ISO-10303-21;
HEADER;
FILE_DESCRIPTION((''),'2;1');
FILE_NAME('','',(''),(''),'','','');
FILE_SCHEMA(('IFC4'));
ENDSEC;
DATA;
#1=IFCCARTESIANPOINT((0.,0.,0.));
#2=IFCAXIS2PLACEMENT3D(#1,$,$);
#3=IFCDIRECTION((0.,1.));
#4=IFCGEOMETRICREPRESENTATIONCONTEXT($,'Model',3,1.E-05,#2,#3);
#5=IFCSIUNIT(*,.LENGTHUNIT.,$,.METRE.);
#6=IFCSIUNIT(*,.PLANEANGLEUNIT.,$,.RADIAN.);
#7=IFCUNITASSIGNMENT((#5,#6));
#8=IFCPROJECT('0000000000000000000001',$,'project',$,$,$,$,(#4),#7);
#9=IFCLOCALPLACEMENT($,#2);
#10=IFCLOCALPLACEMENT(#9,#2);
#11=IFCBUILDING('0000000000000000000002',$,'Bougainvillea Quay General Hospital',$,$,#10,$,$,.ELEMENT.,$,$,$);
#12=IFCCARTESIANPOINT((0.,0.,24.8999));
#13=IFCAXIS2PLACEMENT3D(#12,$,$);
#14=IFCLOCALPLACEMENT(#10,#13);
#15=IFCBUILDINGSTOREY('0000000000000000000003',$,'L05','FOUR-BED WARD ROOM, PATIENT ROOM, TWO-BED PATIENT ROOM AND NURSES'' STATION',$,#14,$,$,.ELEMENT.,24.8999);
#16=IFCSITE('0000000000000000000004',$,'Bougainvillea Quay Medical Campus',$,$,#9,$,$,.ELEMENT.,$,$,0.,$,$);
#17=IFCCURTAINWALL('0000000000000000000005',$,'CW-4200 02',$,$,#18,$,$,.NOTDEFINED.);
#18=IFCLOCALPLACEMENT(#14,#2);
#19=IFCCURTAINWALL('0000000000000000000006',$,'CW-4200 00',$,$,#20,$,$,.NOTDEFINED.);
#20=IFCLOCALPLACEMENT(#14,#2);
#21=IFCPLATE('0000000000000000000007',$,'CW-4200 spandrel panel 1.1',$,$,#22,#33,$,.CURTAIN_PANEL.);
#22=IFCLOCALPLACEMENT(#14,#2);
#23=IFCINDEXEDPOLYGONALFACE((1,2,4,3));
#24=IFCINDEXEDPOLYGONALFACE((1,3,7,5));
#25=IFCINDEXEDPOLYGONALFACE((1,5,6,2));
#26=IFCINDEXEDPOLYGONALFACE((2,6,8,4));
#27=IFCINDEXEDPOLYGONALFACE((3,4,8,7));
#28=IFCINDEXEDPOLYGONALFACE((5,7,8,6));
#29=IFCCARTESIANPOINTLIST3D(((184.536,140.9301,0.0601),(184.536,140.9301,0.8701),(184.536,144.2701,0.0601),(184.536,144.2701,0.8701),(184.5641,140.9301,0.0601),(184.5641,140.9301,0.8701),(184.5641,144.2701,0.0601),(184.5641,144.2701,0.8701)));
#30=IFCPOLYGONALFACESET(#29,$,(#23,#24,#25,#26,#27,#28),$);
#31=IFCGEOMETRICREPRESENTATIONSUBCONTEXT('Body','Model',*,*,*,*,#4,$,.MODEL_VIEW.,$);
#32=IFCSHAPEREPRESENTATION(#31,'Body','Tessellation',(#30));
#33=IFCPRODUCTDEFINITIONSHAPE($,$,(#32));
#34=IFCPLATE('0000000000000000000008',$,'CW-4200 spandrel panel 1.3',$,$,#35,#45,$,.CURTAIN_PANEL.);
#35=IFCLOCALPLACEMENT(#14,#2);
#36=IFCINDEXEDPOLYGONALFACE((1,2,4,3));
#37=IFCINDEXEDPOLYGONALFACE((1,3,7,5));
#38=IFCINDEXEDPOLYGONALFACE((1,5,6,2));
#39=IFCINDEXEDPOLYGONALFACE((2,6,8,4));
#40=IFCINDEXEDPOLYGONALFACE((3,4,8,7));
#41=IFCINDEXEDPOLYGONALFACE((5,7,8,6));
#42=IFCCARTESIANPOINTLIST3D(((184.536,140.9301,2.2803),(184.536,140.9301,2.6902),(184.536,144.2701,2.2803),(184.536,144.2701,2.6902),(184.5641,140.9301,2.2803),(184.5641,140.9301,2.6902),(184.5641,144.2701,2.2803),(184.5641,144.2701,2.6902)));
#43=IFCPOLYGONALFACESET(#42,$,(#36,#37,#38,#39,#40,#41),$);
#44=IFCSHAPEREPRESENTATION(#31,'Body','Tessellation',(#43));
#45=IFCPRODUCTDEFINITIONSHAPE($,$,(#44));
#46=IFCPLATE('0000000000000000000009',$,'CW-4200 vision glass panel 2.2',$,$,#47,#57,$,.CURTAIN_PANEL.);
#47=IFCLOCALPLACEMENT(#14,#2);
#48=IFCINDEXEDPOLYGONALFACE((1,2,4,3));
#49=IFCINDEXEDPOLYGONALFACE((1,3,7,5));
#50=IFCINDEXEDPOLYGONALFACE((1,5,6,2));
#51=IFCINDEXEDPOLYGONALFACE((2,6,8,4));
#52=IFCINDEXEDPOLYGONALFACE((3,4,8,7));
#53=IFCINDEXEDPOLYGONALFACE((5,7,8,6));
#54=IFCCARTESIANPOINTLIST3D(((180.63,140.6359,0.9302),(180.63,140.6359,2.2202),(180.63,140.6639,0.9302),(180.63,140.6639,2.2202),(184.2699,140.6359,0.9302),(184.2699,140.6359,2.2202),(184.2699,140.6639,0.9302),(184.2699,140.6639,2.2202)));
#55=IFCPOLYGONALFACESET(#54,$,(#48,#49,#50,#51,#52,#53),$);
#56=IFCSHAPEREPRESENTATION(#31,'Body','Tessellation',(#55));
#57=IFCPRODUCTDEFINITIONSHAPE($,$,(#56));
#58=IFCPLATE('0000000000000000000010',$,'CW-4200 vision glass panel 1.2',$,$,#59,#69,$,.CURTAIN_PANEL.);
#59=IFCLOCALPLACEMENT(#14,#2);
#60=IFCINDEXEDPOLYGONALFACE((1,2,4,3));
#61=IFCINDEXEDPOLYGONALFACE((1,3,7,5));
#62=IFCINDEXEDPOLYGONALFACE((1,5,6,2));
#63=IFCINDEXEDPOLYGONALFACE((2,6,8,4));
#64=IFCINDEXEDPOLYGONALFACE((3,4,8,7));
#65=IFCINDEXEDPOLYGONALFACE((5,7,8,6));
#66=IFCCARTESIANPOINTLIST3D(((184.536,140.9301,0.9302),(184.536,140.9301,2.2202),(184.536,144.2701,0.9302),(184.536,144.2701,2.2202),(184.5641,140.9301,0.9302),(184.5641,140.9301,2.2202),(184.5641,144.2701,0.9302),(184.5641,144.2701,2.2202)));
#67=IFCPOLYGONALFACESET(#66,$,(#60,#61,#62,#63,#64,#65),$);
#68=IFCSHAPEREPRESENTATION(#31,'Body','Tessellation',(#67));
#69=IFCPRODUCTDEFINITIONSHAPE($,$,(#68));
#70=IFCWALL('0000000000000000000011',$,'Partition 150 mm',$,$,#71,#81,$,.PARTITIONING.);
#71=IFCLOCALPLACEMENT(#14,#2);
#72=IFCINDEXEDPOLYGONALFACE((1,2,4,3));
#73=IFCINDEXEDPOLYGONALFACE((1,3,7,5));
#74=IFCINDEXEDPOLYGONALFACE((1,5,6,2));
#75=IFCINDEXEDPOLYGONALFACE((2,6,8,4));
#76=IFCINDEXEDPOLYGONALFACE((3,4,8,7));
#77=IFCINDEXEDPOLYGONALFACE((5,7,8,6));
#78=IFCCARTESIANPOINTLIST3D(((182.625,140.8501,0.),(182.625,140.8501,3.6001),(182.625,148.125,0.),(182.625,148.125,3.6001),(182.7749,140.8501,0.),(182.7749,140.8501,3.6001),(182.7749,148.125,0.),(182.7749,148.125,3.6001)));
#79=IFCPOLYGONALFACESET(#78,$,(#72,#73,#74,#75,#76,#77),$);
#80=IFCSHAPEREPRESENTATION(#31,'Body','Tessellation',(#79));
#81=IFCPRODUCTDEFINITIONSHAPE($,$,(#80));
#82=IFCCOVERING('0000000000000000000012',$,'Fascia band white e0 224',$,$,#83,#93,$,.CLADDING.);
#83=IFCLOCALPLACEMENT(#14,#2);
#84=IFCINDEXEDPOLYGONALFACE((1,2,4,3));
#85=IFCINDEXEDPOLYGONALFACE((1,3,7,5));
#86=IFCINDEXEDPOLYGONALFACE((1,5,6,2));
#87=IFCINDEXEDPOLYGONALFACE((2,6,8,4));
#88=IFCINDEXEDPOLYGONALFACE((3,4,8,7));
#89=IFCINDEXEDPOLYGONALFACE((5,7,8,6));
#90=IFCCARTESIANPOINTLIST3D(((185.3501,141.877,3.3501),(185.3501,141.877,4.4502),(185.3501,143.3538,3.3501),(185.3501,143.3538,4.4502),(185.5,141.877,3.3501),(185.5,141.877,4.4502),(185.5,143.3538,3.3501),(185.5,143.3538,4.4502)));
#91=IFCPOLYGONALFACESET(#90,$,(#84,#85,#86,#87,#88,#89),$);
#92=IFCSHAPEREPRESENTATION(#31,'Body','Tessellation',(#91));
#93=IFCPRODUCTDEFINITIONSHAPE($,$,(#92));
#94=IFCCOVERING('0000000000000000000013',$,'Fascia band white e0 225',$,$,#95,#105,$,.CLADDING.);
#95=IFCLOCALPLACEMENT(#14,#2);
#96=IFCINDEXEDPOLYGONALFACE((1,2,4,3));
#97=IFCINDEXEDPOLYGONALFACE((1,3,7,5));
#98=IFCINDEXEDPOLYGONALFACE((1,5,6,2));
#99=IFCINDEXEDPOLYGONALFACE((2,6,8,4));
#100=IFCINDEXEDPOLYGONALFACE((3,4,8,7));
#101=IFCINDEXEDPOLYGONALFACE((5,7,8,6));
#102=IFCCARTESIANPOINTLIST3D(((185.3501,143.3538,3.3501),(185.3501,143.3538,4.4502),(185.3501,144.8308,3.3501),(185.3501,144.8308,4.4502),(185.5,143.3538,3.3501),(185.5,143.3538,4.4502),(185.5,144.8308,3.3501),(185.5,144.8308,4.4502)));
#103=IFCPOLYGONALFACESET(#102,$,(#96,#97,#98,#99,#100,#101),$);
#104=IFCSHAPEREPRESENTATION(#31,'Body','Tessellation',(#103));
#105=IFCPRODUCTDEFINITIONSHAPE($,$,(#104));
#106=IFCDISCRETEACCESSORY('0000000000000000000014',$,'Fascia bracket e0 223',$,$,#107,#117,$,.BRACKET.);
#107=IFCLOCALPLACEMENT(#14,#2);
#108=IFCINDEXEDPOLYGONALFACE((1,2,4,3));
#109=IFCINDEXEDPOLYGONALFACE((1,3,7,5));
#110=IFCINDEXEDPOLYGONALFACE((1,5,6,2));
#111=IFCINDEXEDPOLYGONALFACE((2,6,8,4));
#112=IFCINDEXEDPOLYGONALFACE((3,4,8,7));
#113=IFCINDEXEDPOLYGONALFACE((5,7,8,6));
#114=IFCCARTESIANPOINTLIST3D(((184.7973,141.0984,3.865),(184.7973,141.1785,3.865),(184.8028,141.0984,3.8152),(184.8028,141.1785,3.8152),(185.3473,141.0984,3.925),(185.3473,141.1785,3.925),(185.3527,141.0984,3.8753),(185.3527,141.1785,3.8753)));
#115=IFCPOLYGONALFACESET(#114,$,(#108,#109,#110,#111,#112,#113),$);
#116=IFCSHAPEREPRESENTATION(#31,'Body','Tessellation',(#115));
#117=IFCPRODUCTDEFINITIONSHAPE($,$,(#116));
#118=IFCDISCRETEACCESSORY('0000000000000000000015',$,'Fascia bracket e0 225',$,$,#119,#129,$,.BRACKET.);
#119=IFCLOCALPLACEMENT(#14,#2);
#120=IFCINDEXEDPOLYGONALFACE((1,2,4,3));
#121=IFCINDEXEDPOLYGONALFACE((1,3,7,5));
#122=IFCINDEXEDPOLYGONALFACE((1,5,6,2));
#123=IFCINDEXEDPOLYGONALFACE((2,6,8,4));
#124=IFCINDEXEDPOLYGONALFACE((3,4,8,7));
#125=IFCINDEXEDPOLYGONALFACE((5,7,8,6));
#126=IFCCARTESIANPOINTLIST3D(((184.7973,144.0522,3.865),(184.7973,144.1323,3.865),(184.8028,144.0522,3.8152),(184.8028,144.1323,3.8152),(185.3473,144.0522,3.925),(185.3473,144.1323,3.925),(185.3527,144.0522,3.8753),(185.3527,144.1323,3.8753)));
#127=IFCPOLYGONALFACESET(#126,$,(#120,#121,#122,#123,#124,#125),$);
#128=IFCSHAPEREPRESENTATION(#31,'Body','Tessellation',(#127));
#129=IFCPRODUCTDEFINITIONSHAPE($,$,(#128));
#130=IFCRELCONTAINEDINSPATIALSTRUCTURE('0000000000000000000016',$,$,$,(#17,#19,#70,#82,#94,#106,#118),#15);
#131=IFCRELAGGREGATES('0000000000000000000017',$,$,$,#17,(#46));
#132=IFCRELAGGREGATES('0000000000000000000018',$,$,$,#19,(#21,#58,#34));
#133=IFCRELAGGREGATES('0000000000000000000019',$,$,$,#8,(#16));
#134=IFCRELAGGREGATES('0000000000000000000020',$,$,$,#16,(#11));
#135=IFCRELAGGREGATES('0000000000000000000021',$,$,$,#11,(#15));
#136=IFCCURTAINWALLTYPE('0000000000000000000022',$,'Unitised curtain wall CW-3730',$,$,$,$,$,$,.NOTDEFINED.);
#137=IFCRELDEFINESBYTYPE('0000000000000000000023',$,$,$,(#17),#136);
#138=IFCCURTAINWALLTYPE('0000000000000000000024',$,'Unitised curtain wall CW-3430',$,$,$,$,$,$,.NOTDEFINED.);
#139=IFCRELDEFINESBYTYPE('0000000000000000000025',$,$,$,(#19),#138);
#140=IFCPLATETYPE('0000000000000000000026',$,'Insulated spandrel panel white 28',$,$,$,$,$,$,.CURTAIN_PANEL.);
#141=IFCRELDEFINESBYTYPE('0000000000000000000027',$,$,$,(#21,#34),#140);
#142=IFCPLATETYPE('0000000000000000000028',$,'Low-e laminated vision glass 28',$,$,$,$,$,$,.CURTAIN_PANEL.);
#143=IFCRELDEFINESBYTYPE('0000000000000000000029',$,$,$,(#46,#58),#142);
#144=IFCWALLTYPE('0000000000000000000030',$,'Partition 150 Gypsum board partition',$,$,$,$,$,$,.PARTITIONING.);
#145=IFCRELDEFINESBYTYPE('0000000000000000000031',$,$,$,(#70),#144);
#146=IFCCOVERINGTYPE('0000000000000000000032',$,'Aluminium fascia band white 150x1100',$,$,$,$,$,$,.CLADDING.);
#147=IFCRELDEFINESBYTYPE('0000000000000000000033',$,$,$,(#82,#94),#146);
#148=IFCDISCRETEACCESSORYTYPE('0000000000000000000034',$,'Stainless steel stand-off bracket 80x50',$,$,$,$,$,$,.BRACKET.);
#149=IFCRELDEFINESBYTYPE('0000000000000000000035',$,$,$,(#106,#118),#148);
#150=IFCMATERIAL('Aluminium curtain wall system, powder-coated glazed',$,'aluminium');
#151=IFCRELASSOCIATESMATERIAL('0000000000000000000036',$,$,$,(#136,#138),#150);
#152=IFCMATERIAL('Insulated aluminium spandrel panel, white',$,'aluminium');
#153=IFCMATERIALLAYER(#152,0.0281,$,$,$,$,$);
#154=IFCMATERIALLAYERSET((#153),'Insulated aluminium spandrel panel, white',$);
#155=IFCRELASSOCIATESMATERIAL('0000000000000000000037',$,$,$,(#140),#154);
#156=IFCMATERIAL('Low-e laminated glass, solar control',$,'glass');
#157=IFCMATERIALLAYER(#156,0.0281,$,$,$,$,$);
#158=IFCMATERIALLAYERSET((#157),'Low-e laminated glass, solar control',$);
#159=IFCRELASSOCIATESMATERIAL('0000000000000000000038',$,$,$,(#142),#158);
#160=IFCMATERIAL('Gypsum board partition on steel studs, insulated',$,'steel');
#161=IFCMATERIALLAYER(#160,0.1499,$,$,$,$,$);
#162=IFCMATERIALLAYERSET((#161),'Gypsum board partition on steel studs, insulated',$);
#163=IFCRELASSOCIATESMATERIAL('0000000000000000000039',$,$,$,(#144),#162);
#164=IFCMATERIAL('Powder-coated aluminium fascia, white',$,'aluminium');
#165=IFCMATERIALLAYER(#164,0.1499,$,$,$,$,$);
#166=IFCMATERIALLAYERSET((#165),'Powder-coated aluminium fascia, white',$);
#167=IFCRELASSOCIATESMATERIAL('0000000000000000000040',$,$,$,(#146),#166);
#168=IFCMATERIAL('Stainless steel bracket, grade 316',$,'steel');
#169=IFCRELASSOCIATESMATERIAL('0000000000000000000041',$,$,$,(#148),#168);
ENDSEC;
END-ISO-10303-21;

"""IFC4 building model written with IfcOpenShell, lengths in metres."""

from ifc_helpers import new_model, si_unit, direction, frame, frame_2d, origin, origin_2d, place, context, subcontext, project, spatial, polyline, rectangle, outline, extrude, material, layer, layer_set, material_profile, profile_set, type_object, element, aggregate, save


model = new_model("IFC4")

# Units and contexts
model_context = context("Model", 3, precision=1e-05, world=origin(), true_north=direction((0.0, 1.0)))
body_context = subcontext(model_context, "Body", "Model", "MODEL_VIEW")
ifc_project = project(units=[si_unit("LENGTHUNIT", "METRE"), si_unit("PLANEANGLEUNIT", "RADIAN")], contexts=[model_context])

# Site, building, storey
site_placement = place(None, origin())
site = spatial("IfcSite", under=ifc_project, at=site_placement, Name="Bougainvillea Quay Medical Campus", CompositionType="ELEMENT", RefElevation=0.0)
building_placement = place(site_placement, origin())
building = spatial("IfcBuilding", under=site, at=building_placement, Name="Bougainvillea Quay General Hospital", CompositionType="ELEMENT")
storey_placement = place(building_placement, frame((0.0, 0.0, 24.8999)))
storey = spatial("IfcBuildingStorey", under=building, at=storey_placement, Name="L05", Description="FOUR-BED WARD ROOM, PATIENT ROOM, TWO-BED PATIENT ROOM AND NURSES' STATION", CompositionType="ELEMENT", Elevation=24.8999)

# Curtain wall
ifc_material_1 = material(Name="Aluminium curtain wall system, powder-coated glazed", Category="aluminium")
curtain_wall_type_1 = type_object("IfcCurtainWallType", Name="Unitised curtain wall CW-3730", PredefinedType="NOTDEFINED", material=ifc_material_1)
curtain_wall_1_placement = place(storey_placement, origin())
curtain_wall_1 = element("IfcCurtainWall", 1, at=curtain_wall_1_placement, inside=storey, type_object=curtain_wall_type_1, Name="CW-4200 02", PredefinedType="NOTDEFINED")

# Curtain wall
curtain_wall_type_2 = type_object("IfcCurtainWallType", Name="Unitised curtain wall CW-3430", PredefinedType="NOTDEFINED", material=ifc_material_1)
curtain_wall_2_placement = place(storey_placement, origin())
curtain_wall_2 = element("IfcCurtainWall", 2, at=curtain_wall_2_placement, inside=storey, type_object=curtain_wall_type_2, Name="CW-4200 00", PredefinedType="NOTDEFINED")

# Plates
ifc_material_2 = material(Name="Insulated aluminium spandrel panel, white", Category="aluminium")
ifc_layer_1 = layer(ifc_material_2, 0.0281)
ifc_layer_set_1 = layer_set([ifc_layer_1], Name="Insulated aluminium spandrel panel, white")
plate_type_1 = type_object("IfcPlateType", Name="Insulated spandrel panel white 28", PredefinedType="CURTAIN_PANEL", material=ifc_layer_set_1)
plate_1_placement = place(storey_placement, frame((184.55, 142.6001, 0.0601), z_axis=(0.0, 0.0, 1.0), x_axis=(0.0, 1.0, 0.0)))
plate_1 = element("IfcPlate", 3, at=plate_1_placement, type_object=plate_type_1, Name="CW-4200 spandrel panel 1.1", PredefinedType="CURTAIN_PANEL", context=body_context, shape_type="SweptSolid", body=[
    extrude(rectangle(XDim=3.3401, YDim=0.0281, at=origin_2d()), origin(), (0.0, 0.0, 1.0), 0.8101),
])
plate_2_placement = place(storey_placement, frame((184.55, 142.6001, 2.2803), z_axis=(0.0, 0.0, 1.0), x_axis=(0.0, 1.0, 0.0)))
plate_2 = element("IfcPlate", 4, at=plate_2_placement, type_object=plate_type_1, Name="CW-4200 spandrel panel 1.3", PredefinedType="CURTAIN_PANEL", context=body_context, shape_type="SweptSolid", body=[
    extrude(rectangle(XDim=3.3401, YDim=0.0281, at=origin_2d()), origin(), (0.0, 0.0, 1.0), 0.4099),
])
ifc_material_3 = material(Name="Low-e laminated glass, solar control", Category="glass")
ifc_layer_2 = layer(ifc_material_3, 0.0281)
ifc_layer_set_2 = layer_set([ifc_layer_2], Name="Low-e laminated glass, solar control")
plate_type_2 = type_object("IfcPlateType", Name="Low-e laminated vision glass 28", PredefinedType="CURTAIN_PANEL", material=ifc_layer_set_2)
plate_3_placement = place(storey_placement, frame((182.45, 140.6499, 0.9302), z_axis=(0.0, 0.0, 1.0), x_axis=(1.0, 0.0, 0.0)))
plate_3 = element("IfcPlate", 5, at=plate_3_placement, type_object=plate_type_2, Name="CW-4200 vision glass panel 2.2", PredefinedType="CURTAIN_PANEL", context=body_context, shape_type="SweptSolid", body=[
    extrude(rectangle(XDim=3.6399, YDim=0.0281, at=origin_2d()), origin(), (0.0, 0.0, 1.0), 1.29),
])
aggregate(curtain_wall_1, [plate_3])
plate_4_placement = place(storey_placement, frame((184.55, 142.6001, 0.9302), z_axis=(0.0, 0.0, 1.0), x_axis=(0.0, 1.0, 0.0)))
plate_4 = element("IfcPlate", 6, at=plate_4_placement, type_object=plate_type_2, Name="CW-4200 vision glass panel 1.2", PredefinedType="CURTAIN_PANEL", context=body_context, shape_type="SweptSolid", body=[
    extrude(rectangle(XDim=3.3401, YDim=0.0281, at=origin_2d()), origin(), (0.0, 0.0, 1.0), 1.29),
])
aggregate(curtain_wall_2, [plate_1, plate_4, plate_2])

# Wall
ifc_material_4 = material(Name="Gypsum board partition on steel studs, insulated", Category="steel")
ifc_layer_3 = layer(ifc_material_4, 0.1499)
ifc_layer_set_3 = layer_set([ifc_layer_3], Name="Gypsum board partition on steel studs, insulated")
wall_type = type_object("IfcWallType", Name="Partition 150 Gypsum board partition", PredefinedType="PARTITIONING", material=ifc_layer_set_3)
wall_placement = place(storey_placement, frame((182.7, 140.8501, 0.0), z_axis=(0.0, 0.0, 1.0), x_axis=(0.0, 1.0, 0.0)))
element("IfcWall", 7, at=wall_placement, inside=storey, type_object=wall_type, Name="Partition 150 mm", PredefinedType="PARTITIONING", context=body_context, shape_type="SweptSolid", body=[
    extrude(rectangle(XDim=7.2749, YDim=0.1499, at=frame_2d((3.6375, 0.0))), origin(), (0.0, 0.0, 1.0), 3.6001),
])

# Coverings
ifc_material_5 = material(Name="Powder-coated aluminium fascia, white", Category="aluminium")
ifc_layer_4 = layer(ifc_material_5, 0.1499)
ifc_layer_set_4 = layer_set([ifc_layer_4], Name="Powder-coated aluminium fascia, white")
covering_type = type_object("IfcCoveringType", Name="Aluminium fascia band white 150x1100", PredefinedType="CLADDING", material=ifc_layer_set_4)
covering_1_placement = place(storey_placement, frame((185.3501, 141.877, 3.3501), z_axis=(0.0, 0.0, 1.0), x_axis=(0.0, 1.0, 0.0)))
element("IfcCovering", 8, at=covering_1_placement, inside=storey, type_object=covering_type, Name="Fascia band white e0 224", PredefinedType="CLADDING", context=body_context, shape_type="SweptSolid", body=[
    extrude(outline(polyline([(0.0, 0.0), (1.4768, 0.0), (1.4768, -0.1499), (0.0, -0.1499), (0.0, 0.0)])), origin(), (0.0, 0.0, 1.0), 1.1001),
])
covering_2_placement = place(storey_placement, frame((185.3501, 143.3538, 3.3501), z_axis=(0.0, 0.0, 1.0), x_axis=(0.0, 1.0, 0.0)))
element("IfcCovering", 9, at=covering_2_placement, inside=storey, type_object=covering_type, Name="Fascia band white e0 225", PredefinedType="CLADDING", context=body_context, shape_type="SweptSolid", body=[
    extrude(outline(polyline([(0.0, 0.0), (1.4771, 0.0), (1.4771, -0.1499), (0.0, -0.1499), (0.0, 0.0)])), origin(), (0.0, 0.0, 1.0), 1.1001),
])

# Discrete accessories
ifc_material_6 = material(Name="Stainless steel bracket, grade 316", Category="steel")
ifc_material_profile_1 = material_profile(ifc_material_6, rectangle(XDim=0.0801, YDim=0.05, at=origin_2d()))
ifc_profile_set_1 = profile_set([ifc_material_profile_1], Name="Stainless steel bracket, grade 316")
discrete_accessory_type = type_object("IfcDiscreteAccessoryType", Name="Stainless steel stand-off bracket 80x50", PredefinedType="BRACKET", material=ifc_profile_set_1)
for number, where, z_axis, x_axis, name in (
    (10, (184.8, 141.1384, 3.8401), (0.994092, 0.0, 0.108543), (0.0, 1.0, 0.0), "Fascia bracket e0 223"),
    (11, (184.8, 144.0923, 3.8401), (0.994092, 0.0, 0.108543), (0.0, 1.0, 0.0), "Fascia bracket e0 225"),
):
    element("IfcDiscreteAccessory", number, at=place(storey_placement, frame(where, z_axis=z_axis, x_axis=x_axis)), inside=storey, type_object=discrete_accessory_type, Name=name, PredefinedType="BRACKET", context=body_context, shape_type="SweptSolid", body=[
        extrude(rectangle(XDim=0.0801, YDim=0.05, at=origin_2d()), origin(), (0.0, 0.0, 1.0), 0.5532),
    ])

save(model, "model.ifc")
